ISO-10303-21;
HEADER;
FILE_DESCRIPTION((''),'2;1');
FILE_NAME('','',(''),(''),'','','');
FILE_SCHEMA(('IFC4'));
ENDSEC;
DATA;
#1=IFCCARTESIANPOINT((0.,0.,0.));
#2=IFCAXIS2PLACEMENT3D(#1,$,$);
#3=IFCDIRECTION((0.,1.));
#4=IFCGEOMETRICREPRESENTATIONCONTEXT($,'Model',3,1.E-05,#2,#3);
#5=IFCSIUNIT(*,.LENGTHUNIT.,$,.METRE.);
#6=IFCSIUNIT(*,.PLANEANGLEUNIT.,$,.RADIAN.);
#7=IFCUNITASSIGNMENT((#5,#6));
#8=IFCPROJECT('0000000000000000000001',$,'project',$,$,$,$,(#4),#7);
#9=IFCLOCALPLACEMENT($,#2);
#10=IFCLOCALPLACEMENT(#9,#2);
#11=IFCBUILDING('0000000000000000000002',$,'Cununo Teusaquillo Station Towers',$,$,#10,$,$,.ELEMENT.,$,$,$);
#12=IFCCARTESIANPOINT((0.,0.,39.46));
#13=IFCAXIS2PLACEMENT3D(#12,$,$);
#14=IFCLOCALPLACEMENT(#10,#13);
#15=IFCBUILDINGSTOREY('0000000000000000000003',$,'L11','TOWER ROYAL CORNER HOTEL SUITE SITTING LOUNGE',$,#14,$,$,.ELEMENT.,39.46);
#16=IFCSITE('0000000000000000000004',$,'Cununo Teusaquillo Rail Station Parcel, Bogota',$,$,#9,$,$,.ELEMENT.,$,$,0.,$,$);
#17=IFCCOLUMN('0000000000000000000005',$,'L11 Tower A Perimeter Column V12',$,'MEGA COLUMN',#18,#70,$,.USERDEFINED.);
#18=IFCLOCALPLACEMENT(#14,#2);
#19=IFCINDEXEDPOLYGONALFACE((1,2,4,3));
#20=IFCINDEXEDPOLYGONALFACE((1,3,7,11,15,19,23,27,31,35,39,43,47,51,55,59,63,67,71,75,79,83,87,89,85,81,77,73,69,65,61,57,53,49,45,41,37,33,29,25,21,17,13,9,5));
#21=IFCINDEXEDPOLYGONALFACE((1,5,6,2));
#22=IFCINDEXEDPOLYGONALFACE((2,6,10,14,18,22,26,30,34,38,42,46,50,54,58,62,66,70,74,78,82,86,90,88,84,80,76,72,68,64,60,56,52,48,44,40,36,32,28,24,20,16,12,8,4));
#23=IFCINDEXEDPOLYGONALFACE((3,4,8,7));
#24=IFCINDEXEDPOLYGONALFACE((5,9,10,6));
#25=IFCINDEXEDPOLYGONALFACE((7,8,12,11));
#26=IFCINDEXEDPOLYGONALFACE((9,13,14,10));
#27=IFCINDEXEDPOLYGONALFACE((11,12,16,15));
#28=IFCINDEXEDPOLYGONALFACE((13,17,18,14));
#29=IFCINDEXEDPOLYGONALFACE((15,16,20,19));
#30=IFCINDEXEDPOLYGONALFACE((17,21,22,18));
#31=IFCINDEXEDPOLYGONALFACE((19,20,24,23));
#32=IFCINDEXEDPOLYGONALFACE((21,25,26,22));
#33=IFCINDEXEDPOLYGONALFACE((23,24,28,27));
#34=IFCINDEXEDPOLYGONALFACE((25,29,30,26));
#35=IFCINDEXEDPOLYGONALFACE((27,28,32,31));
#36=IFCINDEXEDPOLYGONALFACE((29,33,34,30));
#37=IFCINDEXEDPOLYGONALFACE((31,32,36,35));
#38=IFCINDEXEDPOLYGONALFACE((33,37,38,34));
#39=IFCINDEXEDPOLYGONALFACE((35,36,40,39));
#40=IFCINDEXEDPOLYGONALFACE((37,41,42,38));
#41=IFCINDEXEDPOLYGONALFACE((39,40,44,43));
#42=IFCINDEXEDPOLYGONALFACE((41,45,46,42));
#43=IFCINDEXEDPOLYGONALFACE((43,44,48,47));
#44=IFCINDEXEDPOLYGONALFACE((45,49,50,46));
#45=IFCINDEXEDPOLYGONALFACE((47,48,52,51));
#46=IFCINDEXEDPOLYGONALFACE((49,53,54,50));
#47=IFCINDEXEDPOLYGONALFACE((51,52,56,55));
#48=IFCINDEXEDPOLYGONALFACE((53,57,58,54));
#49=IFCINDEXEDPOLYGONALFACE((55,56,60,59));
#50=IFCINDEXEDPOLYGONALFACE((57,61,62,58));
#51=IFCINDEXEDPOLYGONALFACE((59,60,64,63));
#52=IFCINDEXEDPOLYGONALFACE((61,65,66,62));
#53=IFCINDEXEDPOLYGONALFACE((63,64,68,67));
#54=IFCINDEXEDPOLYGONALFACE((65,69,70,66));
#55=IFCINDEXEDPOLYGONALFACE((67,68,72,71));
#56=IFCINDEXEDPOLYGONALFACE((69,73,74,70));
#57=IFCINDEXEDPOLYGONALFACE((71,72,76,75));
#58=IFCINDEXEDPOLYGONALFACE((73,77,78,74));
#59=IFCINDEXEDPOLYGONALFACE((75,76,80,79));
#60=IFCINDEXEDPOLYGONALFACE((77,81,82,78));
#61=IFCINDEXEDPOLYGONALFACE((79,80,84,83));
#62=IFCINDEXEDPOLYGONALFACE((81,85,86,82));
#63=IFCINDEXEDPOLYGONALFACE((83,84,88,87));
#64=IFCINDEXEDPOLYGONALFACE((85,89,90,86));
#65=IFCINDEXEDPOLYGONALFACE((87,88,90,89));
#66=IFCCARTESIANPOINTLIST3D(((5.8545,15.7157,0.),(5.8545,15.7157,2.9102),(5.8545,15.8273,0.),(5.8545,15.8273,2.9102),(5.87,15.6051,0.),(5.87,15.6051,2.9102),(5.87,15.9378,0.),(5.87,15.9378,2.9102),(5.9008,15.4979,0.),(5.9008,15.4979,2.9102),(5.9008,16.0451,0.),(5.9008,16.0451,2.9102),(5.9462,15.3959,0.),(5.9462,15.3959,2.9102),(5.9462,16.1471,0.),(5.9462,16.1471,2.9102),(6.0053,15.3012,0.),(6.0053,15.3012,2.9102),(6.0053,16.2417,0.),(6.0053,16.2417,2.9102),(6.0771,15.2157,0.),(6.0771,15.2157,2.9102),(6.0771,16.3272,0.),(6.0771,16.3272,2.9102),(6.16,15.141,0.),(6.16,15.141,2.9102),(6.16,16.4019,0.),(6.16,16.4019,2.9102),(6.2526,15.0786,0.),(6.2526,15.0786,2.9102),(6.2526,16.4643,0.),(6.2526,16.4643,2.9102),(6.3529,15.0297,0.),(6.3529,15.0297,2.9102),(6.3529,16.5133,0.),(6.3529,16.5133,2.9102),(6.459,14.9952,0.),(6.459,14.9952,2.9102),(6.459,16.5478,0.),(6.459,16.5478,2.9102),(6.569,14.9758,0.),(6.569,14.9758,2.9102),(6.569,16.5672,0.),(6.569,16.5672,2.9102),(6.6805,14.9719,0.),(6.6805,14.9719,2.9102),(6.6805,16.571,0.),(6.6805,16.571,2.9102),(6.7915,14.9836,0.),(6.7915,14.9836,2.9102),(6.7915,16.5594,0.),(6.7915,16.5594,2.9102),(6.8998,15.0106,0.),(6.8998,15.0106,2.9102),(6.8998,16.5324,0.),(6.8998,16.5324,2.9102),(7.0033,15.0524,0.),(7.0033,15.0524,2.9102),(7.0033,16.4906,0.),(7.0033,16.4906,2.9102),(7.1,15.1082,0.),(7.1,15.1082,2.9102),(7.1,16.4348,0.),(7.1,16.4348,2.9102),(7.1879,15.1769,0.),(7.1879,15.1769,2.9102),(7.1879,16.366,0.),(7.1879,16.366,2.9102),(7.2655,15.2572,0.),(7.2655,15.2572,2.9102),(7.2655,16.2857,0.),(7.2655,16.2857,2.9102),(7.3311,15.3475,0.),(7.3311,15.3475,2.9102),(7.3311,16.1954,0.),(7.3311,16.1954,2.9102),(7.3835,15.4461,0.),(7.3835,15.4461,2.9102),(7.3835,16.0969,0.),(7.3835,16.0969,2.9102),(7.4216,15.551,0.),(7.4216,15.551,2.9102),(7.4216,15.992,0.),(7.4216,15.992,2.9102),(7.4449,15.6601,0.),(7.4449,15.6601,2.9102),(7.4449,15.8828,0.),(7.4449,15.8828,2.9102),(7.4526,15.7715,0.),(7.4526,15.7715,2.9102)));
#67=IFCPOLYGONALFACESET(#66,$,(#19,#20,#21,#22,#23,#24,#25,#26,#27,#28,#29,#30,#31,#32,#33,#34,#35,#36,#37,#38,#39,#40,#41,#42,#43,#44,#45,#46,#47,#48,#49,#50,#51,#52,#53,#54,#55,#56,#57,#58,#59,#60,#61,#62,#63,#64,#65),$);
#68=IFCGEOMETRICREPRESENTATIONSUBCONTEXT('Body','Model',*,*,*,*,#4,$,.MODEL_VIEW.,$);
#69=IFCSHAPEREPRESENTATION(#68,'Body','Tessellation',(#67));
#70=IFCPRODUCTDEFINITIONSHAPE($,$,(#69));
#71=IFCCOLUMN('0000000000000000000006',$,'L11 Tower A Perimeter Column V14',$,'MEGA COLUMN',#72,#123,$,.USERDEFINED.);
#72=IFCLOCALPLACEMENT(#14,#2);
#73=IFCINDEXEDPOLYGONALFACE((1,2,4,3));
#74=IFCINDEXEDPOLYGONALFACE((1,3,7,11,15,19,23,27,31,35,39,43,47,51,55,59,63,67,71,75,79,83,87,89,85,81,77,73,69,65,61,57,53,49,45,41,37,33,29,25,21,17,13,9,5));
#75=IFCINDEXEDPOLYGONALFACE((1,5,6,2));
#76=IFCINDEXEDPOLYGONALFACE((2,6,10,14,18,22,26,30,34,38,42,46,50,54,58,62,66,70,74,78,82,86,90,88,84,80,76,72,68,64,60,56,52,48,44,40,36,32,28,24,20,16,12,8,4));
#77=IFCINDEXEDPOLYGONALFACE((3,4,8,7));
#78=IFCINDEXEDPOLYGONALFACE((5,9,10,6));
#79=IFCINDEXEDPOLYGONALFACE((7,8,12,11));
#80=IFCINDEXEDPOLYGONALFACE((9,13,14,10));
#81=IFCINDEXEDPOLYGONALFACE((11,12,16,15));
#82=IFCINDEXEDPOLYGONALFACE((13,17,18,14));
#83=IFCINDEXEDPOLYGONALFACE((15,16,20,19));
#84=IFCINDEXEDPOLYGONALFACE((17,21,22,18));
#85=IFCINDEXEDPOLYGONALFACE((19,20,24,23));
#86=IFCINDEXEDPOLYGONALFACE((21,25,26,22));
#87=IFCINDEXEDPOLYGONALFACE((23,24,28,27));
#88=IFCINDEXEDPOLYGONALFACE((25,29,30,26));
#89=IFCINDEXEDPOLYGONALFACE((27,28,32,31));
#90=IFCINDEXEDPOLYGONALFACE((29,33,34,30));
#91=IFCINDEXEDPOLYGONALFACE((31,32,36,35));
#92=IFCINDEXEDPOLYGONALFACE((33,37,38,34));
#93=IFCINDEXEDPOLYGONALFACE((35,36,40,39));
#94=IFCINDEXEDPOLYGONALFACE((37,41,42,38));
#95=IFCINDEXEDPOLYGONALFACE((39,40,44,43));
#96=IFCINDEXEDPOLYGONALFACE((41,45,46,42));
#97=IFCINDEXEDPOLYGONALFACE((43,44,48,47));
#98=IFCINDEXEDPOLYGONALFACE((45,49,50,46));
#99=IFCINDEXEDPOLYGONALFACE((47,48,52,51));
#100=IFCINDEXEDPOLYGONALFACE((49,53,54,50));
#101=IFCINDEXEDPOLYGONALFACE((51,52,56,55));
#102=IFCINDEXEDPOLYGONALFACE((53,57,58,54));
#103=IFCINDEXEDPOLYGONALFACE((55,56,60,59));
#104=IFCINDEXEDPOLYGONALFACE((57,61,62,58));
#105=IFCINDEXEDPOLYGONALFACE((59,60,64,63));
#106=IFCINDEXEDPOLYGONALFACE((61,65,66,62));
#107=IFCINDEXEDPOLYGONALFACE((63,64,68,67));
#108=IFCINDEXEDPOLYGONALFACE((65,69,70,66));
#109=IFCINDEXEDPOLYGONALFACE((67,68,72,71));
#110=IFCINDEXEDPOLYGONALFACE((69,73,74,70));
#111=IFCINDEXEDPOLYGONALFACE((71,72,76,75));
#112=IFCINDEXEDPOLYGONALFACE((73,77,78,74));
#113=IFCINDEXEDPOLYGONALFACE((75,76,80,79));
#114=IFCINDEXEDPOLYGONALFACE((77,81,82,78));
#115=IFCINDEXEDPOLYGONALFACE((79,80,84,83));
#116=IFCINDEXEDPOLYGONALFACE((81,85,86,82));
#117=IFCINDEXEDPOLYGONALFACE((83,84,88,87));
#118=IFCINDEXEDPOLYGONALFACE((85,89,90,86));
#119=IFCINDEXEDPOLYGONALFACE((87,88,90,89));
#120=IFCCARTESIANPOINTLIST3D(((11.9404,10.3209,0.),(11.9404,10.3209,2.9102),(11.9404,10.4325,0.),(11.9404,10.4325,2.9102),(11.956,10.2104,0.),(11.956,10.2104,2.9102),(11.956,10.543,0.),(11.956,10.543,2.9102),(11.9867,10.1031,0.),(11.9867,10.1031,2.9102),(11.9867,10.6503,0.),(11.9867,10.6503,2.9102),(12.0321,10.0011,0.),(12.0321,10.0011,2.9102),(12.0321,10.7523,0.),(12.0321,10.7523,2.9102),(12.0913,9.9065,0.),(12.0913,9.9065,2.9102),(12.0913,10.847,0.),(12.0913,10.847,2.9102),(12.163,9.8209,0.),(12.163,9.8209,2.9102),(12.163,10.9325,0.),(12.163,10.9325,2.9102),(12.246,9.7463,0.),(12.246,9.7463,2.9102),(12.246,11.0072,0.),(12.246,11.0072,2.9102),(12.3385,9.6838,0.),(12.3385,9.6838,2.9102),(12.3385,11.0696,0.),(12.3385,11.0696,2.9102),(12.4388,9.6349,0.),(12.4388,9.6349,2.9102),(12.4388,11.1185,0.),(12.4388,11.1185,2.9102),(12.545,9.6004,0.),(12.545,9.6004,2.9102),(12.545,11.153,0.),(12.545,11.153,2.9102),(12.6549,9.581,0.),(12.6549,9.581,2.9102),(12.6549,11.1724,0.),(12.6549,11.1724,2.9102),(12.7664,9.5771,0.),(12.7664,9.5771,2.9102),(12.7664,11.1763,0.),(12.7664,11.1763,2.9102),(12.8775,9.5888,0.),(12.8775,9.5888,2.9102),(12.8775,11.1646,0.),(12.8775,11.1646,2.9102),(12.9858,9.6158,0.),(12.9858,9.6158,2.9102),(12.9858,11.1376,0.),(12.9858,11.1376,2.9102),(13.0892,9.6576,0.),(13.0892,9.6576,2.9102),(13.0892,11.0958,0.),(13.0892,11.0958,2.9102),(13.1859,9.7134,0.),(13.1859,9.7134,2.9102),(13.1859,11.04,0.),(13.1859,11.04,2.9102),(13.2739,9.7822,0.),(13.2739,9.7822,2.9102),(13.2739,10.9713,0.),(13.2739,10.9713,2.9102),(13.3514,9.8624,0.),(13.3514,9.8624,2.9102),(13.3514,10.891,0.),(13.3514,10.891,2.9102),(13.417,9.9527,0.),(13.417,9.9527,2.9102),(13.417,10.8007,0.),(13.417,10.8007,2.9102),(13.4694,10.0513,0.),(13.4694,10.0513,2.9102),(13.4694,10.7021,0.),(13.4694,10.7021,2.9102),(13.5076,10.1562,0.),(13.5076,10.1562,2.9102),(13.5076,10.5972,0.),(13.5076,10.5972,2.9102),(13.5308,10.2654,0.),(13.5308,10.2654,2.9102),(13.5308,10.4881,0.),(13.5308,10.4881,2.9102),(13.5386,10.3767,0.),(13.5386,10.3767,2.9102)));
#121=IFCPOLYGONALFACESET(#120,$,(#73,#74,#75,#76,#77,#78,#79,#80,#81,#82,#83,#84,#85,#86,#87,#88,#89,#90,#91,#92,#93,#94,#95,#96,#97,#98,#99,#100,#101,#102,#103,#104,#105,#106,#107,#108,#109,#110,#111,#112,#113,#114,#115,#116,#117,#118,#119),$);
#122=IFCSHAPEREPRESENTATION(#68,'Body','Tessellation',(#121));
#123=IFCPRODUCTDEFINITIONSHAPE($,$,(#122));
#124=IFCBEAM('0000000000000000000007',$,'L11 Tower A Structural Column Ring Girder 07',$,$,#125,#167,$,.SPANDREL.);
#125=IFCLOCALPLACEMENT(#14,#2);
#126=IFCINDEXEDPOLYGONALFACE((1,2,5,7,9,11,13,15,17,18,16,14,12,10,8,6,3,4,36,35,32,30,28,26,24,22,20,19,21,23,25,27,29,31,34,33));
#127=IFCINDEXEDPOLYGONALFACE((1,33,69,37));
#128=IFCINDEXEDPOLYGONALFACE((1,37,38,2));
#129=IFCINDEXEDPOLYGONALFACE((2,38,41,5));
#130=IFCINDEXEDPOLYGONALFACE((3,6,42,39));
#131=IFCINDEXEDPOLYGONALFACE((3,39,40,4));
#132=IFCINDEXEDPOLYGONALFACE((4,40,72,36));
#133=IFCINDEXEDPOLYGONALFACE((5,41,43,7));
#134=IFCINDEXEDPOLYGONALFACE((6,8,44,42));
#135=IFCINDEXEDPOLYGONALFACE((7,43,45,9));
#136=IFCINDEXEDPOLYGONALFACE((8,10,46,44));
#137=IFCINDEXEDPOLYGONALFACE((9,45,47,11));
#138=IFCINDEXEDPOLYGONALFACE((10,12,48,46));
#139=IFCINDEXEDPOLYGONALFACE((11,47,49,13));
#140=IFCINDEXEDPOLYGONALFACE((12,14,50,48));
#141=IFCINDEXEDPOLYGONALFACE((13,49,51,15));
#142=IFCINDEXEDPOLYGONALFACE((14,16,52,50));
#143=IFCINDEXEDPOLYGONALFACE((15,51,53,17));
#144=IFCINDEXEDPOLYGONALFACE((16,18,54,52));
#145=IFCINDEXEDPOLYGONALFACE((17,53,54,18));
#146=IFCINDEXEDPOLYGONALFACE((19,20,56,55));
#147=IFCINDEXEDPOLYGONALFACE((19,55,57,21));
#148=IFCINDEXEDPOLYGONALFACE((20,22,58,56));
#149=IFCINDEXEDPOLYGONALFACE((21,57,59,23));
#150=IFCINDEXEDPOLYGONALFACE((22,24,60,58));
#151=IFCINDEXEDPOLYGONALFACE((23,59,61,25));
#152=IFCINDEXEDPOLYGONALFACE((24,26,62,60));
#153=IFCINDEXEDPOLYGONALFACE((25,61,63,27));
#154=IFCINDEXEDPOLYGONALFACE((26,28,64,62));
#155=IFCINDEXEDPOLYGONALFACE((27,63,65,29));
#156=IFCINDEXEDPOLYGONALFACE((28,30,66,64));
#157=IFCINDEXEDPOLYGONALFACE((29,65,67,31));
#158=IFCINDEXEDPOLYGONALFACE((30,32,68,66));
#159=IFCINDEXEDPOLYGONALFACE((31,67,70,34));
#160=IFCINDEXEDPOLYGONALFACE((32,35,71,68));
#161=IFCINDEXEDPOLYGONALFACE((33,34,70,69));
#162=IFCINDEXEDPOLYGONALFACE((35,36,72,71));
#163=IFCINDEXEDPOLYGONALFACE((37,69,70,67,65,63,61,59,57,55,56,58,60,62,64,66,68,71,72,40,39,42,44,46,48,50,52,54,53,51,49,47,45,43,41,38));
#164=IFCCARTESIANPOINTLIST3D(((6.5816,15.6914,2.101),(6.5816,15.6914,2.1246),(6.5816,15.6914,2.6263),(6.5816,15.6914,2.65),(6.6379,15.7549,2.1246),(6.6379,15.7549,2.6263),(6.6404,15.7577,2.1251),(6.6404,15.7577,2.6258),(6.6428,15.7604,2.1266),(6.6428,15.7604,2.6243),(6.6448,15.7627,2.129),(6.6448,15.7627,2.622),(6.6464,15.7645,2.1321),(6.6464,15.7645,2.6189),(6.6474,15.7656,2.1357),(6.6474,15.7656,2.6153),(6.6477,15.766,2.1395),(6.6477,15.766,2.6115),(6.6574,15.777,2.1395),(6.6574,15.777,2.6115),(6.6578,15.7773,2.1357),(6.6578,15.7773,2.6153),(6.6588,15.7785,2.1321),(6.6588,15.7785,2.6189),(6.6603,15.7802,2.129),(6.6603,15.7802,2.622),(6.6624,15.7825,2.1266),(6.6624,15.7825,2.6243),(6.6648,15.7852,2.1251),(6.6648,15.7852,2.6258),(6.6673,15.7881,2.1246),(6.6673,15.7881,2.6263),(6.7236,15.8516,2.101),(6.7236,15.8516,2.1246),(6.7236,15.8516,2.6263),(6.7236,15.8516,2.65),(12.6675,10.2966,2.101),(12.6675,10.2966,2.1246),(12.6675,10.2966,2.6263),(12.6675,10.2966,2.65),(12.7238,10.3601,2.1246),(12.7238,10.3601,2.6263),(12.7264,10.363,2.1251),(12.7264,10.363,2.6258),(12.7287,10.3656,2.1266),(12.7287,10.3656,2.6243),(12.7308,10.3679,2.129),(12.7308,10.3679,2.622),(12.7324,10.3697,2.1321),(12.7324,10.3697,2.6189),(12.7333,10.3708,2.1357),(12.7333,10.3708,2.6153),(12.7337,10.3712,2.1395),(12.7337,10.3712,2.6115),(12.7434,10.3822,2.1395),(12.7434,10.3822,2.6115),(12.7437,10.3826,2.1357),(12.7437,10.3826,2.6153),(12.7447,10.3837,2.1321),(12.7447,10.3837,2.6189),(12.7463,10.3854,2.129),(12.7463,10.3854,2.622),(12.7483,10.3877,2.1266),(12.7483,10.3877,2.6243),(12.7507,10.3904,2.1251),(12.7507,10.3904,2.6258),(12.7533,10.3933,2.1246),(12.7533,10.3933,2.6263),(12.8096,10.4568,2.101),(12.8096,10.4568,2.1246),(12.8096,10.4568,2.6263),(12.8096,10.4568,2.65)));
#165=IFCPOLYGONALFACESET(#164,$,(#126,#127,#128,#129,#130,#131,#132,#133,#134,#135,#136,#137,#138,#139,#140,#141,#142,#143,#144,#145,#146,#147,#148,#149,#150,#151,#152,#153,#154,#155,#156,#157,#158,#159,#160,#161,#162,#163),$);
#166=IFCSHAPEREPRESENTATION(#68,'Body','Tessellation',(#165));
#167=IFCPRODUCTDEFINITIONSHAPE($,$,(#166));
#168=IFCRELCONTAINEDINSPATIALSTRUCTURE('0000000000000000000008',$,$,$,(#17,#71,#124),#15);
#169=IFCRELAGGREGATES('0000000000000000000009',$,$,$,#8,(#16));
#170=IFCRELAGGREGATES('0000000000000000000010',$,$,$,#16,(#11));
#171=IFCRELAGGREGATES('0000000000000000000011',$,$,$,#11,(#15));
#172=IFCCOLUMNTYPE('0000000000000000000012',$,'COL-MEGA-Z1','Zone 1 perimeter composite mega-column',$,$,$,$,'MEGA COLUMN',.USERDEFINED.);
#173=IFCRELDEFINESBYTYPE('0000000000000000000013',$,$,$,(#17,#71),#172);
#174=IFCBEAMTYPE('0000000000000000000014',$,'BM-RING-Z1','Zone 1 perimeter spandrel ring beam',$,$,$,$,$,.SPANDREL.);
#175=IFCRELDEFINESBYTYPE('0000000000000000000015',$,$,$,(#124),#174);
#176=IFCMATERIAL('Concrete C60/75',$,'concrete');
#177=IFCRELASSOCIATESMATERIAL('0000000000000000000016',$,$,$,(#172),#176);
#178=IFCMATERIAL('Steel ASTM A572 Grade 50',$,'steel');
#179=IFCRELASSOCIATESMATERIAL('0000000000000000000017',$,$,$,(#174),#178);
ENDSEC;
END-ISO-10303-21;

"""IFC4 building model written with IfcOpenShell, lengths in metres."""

from ifc_helpers import new_model, si_unit, direction, frame, origin, origin_2d, place, context, subcontext, project, spatial, circle, i_section, extrude, material, material_profile, profile_set, type_object, element, save


model = new_model("IFC4")

# Units and contexts
model_context = context("Model", 3, precision=1e-05, world=origin(), true_north=direction((0.0, 1.0)))
body_context = subcontext(model_context, "Body", "Model", "MODEL_VIEW")
ifc_project = project(units=[si_unit("LENGTHUNIT", "METRE"), si_unit("PLANEANGLEUNIT", "RADIAN")], contexts=[model_context])

# Site, building, storey
site_placement = place(None, origin())
site = spatial("IfcSite", under=ifc_project, at=site_placement, Name="Cununo Teusaquillo Rail Station Parcel, Bogota", CompositionType="ELEMENT", RefElevation=0.0)
building_placement = place(site_placement, origin())
building = spatial("IfcBuilding", under=site, at=building_placement, Name="Cununo Teusaquillo Station Towers", CompositionType="ELEMENT")
storey_placement = place(building_placement, frame((0.0, 0.0, 39.46)))
storey = spatial("IfcBuildingStorey", under=building, at=storey_placement, Name="L11", Description="TOWER ROYAL CORNER HOTEL SUITE SITTING LOUNGE", CompositionType="ELEMENT", Elevation=39.46)

# Columns
ifc_material_1 = material(Name="Concrete C60/75", Category="concrete")
ifc_material_profile_1 = material_profile(ifc_material_1, circle(Radius=0.8, at=origin_2d()), Name="RC-CIRC-1600")
ifc_profile_set_1 = profile_set([ifc_material_profile_1], Name="Concrete C60/75")
column_type = type_object("IfcColumnType", Name="COL-MEGA-Z1", Description="Zone 1 perimeter composite mega-column", ElementType="MEGA COLUMN", PredefinedType="USERDEFINED", material=ifc_profile_set_1)
for number, where, z_axis, x_axis, name in (
    (1, (6.6526, 15.7715, 0.0), (0.0, 0.0, 1.0), (1.0, 0.0, 0.0), "L11 Tower A Perimeter Column V12"),
    (2, (12.7385, 10.3767, 0.0), (0.0, 0.0, 1.0), (1.0, 0.0, 0.0), "L11 Tower A Perimeter Column V14"),
):
    element("IfcColumn", number, at=place(storey_placement, frame(where, z_axis=z_axis, x_axis=x_axis)), inside=storey, type_object=column_type, Name=name, ObjectType="MEGA COLUMN", PredefinedType="USERDEFINED", context=body_context, shape_type="SweptSolid", body=[
        extrude(circle(Radius=0.8, at=origin_2d()), origin(), (0.0, 0.0, 1.0), 2.9102),
    ])

# Beam
ifc_material_2 = material(Name="Steel ASTM A572 Grade 50", Category="steel")
ifc_material_profile_2 = material_profile(ifc_material_2, i_section(OverallWidth=0.2141, OverallDepth=0.5491, WebThickness=0.0146, FlangeThickness=0.0237, FilletRadius=0.0149, at=origin_2d()), Name="W21X93")
ifc_profile_set_2 = profile_set([ifc_material_profile_2], Name="Steel ASTM A572 Grade 50")
beam_type_1 = type_object("IfcBeamType", Name="BM-RING-Z1", Description="Zone 1 perimeter spandrel ring beam", PredefinedType="SPANDREL", material=ifc_profile_set_2)
beam_1_placement = place(storey_placement, frame((6.6526, 15.7715, 2.3755), z_axis=(0.748321, -0.663337, 0.0), x_axis=(0.663337, 0.748321, 0.0)))
element("IfcBeam", 3, at=beam_1_placement, inside=storey, type_object=beam_type_1, Name="L11 Tower A Structural Column Ring Girder 07", PredefinedType="SPANDREL", context=body_context, shape_type="SweptSolid", body=[
    extrude(i_section(OverallWidth=0.2141, OverallDepth=0.5491, WebThickness=0.0146, FlangeThickness=0.0237, FilletRadius=0.0149, at=origin_2d()), origin(), (0.0, 0.0, 1.0), 8.1328),
])

save(model, "model.ifc")
